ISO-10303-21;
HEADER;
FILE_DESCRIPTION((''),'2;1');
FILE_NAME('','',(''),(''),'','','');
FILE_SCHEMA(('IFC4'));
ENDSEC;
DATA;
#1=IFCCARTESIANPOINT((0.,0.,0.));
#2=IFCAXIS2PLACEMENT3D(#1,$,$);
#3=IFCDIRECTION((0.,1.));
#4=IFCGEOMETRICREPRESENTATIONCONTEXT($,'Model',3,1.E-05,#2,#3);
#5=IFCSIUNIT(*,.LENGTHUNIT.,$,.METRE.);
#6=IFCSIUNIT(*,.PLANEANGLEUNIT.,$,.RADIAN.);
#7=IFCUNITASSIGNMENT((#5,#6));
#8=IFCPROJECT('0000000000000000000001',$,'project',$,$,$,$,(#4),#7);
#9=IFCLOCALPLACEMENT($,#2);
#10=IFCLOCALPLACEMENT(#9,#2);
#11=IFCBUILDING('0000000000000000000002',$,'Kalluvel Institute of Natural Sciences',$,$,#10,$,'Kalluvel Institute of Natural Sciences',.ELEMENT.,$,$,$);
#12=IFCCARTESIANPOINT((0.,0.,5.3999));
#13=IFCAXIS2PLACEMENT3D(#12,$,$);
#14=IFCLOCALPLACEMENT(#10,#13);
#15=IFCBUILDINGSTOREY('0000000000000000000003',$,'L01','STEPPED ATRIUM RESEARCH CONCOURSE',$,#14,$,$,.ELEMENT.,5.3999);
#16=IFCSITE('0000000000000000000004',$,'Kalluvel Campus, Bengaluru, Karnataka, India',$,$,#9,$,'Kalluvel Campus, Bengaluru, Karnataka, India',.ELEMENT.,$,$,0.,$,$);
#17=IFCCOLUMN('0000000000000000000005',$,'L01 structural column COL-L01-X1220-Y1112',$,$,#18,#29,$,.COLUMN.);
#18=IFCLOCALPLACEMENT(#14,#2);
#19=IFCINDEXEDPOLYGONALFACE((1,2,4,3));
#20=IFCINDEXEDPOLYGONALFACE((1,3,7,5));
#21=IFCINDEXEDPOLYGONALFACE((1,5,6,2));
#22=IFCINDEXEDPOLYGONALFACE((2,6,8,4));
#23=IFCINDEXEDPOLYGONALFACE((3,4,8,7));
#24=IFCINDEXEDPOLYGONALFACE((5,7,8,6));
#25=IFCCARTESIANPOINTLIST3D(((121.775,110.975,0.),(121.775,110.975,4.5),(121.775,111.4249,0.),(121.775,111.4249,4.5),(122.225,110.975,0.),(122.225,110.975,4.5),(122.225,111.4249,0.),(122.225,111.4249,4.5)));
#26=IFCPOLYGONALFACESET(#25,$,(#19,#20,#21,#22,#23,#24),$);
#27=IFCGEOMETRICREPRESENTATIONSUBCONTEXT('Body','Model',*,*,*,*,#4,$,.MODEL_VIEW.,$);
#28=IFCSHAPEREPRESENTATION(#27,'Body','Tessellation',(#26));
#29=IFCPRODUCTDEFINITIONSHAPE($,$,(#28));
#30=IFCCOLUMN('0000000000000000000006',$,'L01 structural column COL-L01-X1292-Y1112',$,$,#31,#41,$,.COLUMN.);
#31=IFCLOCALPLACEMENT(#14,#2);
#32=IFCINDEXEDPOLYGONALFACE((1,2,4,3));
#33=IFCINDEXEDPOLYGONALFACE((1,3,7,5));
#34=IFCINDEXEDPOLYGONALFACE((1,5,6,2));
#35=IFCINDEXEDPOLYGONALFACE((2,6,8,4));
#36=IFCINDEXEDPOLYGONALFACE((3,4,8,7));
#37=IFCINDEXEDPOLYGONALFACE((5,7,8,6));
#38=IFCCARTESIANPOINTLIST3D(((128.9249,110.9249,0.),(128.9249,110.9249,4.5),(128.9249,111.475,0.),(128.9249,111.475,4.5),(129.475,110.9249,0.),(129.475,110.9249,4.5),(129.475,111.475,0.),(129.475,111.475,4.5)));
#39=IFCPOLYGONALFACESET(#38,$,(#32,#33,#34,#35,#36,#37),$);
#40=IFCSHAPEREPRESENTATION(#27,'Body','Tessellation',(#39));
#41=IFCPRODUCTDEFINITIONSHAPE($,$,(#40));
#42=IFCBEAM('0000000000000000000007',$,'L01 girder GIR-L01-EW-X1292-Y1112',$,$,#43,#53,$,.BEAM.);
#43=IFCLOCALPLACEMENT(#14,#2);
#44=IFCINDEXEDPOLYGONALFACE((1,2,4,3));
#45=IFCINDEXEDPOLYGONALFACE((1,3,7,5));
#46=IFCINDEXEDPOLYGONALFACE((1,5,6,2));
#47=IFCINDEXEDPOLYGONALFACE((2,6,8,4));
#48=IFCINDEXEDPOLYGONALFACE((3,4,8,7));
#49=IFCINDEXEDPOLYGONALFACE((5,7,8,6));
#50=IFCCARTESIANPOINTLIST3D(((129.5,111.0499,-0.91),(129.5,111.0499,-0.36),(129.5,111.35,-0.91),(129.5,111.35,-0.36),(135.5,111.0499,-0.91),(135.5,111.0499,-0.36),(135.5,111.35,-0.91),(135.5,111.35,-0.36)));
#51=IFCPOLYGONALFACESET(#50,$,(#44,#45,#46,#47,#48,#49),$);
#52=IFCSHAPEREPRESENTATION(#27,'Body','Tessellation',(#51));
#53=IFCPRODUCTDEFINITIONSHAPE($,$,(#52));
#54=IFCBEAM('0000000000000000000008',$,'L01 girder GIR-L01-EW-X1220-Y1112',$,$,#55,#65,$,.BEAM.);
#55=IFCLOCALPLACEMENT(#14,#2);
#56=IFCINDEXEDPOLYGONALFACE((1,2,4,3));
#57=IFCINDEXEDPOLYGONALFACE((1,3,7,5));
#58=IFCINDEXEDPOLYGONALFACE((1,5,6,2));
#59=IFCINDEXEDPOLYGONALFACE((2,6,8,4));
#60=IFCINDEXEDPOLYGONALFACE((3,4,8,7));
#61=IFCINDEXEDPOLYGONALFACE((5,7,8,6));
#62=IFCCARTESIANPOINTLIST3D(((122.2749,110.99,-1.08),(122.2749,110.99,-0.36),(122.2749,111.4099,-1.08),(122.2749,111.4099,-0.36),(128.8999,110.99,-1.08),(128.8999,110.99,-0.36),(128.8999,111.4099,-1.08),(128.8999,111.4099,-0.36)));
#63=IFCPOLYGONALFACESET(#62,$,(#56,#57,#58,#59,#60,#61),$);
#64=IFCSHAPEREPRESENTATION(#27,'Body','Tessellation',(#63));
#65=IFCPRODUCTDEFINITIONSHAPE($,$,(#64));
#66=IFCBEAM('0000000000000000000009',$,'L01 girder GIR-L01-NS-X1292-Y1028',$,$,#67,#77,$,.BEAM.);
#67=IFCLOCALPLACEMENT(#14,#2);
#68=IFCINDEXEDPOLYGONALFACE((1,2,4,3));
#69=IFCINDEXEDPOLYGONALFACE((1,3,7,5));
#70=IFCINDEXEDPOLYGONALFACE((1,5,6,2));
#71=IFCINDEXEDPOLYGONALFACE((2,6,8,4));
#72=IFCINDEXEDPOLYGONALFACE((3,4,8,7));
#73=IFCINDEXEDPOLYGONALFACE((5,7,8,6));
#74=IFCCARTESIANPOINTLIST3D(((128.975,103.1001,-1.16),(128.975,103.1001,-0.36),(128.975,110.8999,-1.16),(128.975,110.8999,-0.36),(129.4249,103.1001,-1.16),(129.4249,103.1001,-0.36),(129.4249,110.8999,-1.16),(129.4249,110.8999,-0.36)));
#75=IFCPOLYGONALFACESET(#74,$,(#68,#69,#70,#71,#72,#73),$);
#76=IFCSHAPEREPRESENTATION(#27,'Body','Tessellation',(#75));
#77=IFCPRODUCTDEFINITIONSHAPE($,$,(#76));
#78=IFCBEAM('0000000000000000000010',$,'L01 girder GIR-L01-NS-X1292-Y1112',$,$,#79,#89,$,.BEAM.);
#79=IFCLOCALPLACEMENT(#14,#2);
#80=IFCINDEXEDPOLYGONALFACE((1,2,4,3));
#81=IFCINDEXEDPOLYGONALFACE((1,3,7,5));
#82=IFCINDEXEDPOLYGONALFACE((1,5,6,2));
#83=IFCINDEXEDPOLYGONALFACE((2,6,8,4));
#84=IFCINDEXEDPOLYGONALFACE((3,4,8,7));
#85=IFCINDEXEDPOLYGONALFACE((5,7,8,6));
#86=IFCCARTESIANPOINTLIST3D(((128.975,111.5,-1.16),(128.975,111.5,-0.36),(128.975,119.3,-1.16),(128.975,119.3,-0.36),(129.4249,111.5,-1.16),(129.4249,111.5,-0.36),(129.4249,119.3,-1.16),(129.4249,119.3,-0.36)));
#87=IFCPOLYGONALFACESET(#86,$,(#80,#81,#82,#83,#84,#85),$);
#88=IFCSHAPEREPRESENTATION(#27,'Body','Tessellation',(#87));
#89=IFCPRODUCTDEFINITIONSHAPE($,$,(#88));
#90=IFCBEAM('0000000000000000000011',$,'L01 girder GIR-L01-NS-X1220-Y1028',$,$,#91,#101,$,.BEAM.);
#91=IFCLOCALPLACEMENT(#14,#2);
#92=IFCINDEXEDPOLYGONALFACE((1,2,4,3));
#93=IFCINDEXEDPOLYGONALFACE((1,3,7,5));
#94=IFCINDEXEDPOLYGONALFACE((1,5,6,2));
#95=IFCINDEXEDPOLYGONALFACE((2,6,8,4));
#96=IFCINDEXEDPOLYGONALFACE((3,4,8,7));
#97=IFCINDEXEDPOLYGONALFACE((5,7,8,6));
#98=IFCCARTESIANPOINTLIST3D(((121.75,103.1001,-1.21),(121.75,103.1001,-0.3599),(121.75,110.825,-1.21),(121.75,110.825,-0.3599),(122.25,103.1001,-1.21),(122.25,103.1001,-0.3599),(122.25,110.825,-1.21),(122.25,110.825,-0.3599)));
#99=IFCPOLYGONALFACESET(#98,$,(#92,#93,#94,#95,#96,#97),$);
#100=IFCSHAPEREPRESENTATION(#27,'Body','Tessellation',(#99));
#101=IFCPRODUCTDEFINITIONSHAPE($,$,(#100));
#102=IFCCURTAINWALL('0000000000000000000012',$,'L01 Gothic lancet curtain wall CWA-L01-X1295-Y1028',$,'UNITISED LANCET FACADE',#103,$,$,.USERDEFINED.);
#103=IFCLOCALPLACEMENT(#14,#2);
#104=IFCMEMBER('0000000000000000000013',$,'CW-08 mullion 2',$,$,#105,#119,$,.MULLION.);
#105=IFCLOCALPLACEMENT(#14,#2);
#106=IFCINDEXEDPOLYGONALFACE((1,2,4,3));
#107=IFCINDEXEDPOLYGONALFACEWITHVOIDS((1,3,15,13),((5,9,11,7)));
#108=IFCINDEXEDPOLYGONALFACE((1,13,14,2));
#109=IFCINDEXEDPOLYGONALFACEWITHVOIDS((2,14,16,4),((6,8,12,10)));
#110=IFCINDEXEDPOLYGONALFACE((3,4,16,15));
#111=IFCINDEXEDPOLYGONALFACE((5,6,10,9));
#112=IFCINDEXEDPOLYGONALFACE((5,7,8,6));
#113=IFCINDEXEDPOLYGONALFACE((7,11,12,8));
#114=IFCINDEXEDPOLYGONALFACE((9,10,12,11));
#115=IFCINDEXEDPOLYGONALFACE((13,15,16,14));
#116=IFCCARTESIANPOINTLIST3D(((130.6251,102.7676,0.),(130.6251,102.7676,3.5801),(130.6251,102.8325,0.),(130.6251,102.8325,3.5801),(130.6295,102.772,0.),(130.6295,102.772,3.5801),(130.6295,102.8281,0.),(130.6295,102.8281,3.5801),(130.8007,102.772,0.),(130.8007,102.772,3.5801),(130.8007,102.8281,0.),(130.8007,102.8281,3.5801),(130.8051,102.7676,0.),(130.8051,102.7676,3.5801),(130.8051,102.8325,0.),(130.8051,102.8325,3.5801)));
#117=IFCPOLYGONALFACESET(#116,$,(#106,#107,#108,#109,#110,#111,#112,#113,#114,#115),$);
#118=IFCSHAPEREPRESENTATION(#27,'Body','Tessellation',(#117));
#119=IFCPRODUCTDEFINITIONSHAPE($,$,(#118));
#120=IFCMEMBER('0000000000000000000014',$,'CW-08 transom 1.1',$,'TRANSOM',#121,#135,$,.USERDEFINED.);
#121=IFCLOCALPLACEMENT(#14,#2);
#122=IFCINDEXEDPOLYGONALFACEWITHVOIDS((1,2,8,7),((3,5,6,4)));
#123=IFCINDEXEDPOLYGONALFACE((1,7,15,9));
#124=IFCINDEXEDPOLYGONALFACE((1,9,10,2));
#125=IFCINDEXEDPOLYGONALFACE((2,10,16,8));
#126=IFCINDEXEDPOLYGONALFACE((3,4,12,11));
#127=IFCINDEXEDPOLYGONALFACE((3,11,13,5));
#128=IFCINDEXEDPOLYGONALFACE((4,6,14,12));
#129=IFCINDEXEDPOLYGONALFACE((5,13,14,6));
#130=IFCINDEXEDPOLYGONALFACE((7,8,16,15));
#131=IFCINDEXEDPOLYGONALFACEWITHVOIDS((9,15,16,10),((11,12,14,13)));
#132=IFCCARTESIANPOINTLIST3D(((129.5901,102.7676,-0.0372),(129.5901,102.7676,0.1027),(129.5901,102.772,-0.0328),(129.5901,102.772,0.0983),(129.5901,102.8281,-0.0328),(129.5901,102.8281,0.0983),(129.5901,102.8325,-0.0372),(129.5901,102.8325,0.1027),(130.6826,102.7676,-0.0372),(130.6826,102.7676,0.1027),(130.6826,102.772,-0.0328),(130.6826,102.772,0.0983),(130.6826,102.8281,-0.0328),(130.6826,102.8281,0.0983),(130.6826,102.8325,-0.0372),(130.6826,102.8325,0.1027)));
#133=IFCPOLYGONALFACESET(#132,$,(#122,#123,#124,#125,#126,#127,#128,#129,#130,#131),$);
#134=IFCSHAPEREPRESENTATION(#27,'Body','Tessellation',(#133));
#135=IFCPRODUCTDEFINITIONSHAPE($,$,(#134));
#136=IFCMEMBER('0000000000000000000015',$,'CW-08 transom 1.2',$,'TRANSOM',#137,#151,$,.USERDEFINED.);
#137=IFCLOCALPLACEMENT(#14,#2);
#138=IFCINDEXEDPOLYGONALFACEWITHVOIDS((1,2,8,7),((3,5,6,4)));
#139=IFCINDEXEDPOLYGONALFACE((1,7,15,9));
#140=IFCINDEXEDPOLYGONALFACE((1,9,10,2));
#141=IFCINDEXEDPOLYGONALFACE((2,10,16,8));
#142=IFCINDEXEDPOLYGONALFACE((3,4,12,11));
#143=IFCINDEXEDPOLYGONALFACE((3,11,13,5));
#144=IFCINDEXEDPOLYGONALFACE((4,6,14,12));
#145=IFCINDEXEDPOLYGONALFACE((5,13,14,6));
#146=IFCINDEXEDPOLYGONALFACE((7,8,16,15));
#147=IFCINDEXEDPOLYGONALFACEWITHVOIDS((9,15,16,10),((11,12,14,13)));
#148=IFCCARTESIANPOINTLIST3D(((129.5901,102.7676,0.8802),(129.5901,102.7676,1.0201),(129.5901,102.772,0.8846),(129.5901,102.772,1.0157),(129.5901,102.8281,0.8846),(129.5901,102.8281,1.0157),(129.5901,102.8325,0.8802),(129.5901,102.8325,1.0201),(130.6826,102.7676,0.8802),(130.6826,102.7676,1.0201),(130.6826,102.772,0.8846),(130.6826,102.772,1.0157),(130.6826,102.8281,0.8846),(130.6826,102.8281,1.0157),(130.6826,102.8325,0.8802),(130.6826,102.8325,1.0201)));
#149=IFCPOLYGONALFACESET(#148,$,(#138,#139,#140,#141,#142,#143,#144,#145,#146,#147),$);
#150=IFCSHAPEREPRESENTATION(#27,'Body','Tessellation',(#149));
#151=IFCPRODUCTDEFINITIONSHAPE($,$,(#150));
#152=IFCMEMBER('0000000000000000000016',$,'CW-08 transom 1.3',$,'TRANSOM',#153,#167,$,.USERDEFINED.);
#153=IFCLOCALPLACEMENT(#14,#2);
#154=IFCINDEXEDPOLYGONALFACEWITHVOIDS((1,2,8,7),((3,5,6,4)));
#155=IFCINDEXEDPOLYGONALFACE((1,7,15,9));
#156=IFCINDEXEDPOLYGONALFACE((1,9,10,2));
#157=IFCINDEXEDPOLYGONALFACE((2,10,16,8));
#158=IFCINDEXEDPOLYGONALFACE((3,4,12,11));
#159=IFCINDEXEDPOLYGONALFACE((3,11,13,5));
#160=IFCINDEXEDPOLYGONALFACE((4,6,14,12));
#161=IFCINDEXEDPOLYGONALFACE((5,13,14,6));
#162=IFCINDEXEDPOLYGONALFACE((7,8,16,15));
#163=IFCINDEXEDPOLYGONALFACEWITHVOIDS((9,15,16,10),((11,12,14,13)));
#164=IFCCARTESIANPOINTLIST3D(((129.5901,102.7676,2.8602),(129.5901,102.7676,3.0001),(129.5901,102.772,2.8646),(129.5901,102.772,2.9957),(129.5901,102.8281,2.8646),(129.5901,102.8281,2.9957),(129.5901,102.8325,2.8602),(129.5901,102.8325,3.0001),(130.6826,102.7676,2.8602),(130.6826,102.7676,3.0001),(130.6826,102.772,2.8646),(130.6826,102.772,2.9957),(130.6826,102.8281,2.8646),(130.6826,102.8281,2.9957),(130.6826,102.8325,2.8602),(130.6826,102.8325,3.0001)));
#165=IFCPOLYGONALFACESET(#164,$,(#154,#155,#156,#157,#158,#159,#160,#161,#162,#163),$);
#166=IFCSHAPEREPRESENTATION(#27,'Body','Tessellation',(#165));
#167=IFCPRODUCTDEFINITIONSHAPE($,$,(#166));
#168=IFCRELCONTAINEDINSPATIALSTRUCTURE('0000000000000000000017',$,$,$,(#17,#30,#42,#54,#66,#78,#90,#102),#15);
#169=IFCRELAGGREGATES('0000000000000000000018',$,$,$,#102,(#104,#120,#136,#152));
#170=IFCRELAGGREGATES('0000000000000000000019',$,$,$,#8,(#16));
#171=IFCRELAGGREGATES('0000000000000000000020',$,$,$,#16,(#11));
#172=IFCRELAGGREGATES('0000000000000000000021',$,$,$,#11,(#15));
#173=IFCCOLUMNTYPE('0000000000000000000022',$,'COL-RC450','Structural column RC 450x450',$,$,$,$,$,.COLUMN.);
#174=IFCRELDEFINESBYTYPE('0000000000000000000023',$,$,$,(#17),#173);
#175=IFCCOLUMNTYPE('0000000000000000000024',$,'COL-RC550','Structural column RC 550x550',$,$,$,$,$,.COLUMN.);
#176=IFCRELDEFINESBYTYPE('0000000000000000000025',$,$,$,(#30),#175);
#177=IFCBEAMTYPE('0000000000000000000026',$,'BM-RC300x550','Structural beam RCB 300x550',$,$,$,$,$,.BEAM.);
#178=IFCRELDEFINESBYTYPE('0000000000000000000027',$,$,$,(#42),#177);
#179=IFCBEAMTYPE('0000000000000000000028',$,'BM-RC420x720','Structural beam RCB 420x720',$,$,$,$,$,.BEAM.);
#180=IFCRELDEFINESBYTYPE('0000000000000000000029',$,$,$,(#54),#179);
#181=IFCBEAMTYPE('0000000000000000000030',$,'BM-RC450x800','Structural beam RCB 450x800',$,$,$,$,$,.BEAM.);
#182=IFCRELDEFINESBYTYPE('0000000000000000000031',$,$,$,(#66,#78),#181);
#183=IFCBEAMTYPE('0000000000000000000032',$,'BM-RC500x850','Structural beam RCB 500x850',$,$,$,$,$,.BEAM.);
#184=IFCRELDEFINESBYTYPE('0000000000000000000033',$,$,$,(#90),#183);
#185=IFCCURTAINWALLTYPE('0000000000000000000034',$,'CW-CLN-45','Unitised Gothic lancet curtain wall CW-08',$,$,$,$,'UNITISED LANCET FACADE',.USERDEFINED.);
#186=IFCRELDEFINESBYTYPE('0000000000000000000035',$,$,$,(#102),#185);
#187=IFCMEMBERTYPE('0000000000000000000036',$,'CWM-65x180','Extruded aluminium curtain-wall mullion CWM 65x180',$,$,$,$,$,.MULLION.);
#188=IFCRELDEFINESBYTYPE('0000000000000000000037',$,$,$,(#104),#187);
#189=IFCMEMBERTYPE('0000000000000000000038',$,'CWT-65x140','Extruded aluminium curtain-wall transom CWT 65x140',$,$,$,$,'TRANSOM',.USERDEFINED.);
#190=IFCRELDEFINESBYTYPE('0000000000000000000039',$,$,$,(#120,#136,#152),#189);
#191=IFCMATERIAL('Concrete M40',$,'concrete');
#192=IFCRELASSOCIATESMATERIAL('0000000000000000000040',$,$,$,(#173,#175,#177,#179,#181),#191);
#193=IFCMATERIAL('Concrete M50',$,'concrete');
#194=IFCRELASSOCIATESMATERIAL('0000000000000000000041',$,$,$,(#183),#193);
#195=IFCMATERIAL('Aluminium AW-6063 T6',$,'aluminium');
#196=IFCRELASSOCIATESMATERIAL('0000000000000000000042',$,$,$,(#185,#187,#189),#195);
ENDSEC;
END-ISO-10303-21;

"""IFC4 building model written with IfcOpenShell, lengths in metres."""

from ifc_helpers import new_model, si_unit, direction, frame, origin, origin_2d, place, context, subcontext, project, spatial, rectangle, hollow_rectangle, extrude, material, material_profile, profile_set, type_object, element, aggregate, save


model = new_model("IFC4")

# Units and contexts
model_context = context("Model", 3, precision=1e-05, world=origin(), true_north=direction((0.0, 1.0)))
body_context = subcontext(model_context, "Body", "Model", "MODEL_VIEW")
ifc_project = project(units=[si_unit("LENGTHUNIT", "METRE"), si_unit("PLANEANGLEUNIT", "RADIAN")], contexts=[model_context])

# Site, building, storey
site_placement = place(None, origin())
site = spatial("IfcSite", under=ifc_project, at=site_placement, Name="Kalluvel Campus, Bengaluru, Karnataka, India", LongName="Kalluvel Campus, Bengaluru, Karnataka, India", CompositionType="ELEMENT", RefElevation=0.0)
building_placement = place(site_placement, origin())
building = spatial("IfcBuilding", under=site, at=building_placement, Name="Kalluvel Institute of Natural Sciences", LongName="Kalluvel Institute of Natural Sciences", CompositionType="ELEMENT")
storey_placement = place(building_placement, frame((0.0, 0.0, 5.3999)))
storey = spatial("IfcBuildingStorey", under=building, at=storey_placement, Name="L01", Description="STEPPED ATRIUM RESEARCH CONCOURSE", CompositionType="ELEMENT", Elevation=5.3999)

# Columns
ifc_material_1 = material(Name="Concrete M40", Category="concrete")
ifc_material_profile_1 = material_profile(ifc_material_1, rectangle(XDim=0.45, YDim=0.45, at=origin_2d()), Name="RC 450x450")
ifc_profile_set_1 = profile_set([ifc_material_profile_1], Name="Concrete M40")
column_type_1 = type_object("IfcColumnType", Name="COL-RC450", Description="Structural column RC 450x450", PredefinedType="COLUMN", material=ifc_profile_set_1)
column_1_placement = place(storey_placement, frame((122.0, 111.2, 0.0), z_axis=(0.0, 0.0, 1.0), x_axis=(1.0, 0.0, 0.0)))
element("IfcColumn", 1, at=column_1_placement, inside=storey, type_object=column_type_1, Name="L01 structural column COL-L01-X1220-Y1112", PredefinedType="COLUMN", context=body_context, shape_type="SweptSolid", body=[
    extrude(rectangle(XDim=0.45, YDim=0.45, at=origin_2d()), origin(), (0.0, 0.0, 1.0), 4.5),
])
ifc_material_profile_2 = material_profile(ifc_material_1, rectangle(XDim=0.55, YDim=0.55, at=origin_2d()), Name="RC 550x550")
ifc_profile_set_2 = profile_set([ifc_material_profile_2], Name="Concrete M40")
column_type_2 = type_object("IfcColumnType", Name="COL-RC550", Description="Structural column RC 550x550", PredefinedType="COLUMN", material=ifc_profile_set_2)
column_2_placement = place(storey_placement, frame((129.2, 111.2, 0.0), z_axis=(0.0, 0.0, 1.0), x_axis=(1.0, 0.0, 0.0)))
element("IfcColumn", 2, at=column_2_placement, inside=storey, type_object=column_type_2, Name="L01 structural column COL-L01-X1292-Y1112", PredefinedType="COLUMN", context=body_context, shape_type="SweptSolid", body=[
    extrude(rectangle(XDim=0.55, YDim=0.55, at=origin_2d()), origin(), (0.0, 0.0, 1.0), 4.5),
])

# Beams
ifc_material_profile_3 = material_profile(ifc_material_1, rectangle(XDim=0.3, YDim=0.55, at=origin_2d()), Name="RCB 300x550")
ifc_profile_set_3 = profile_set([ifc_material_profile_3], Name="Concrete M40")
beam_type_1 = type_object("IfcBeamType", Name="BM-RC300x550", Description="Structural beam RCB 300x550", PredefinedType="BEAM", material=ifc_profile_set_3)
beam_1_placement = place(storey_placement, frame((129.5, 111.2, -0.635), z_axis=(1.0, 0.0, 0.0), x_axis=(0.0, 1.0, 0.0)))
element("IfcBeam", 3, at=beam_1_placement, inside=storey, type_object=beam_type_1, Name="L01 girder GIR-L01-EW-X1292-Y1112", PredefinedType="BEAM", context=body_context, shape_type="SweptSolid", body=[
    extrude(rectangle(XDim=0.3, YDim=0.55, at=origin_2d()), origin(), (0.0, 0.0, 1.0), 6.0),
])
ifc_material_profile_4 = material_profile(ifc_material_1, rectangle(XDim=0.4199, YDim=0.72, at=origin_2d()), Name="RCB 420x720")
ifc_profile_set_4 = profile_set([ifc_material_profile_4], Name="Concrete M40")
beam_type_2 = type_object("IfcBeamType", Name="BM-RC420x720", Description="Structural beam RCB 420x720", PredefinedType="BEAM", material=ifc_profile_set_4)
beam_2_placement = place(storey_placement, frame((122.2749, 111.2, -0.72), z_axis=(1.0, 0.0, 0.0), x_axis=(0.0, 1.0, 0.0)))
element("IfcBeam", 4, at=beam_2_placement, inside=storey, type_object=beam_type_2, Name="L01 girder GIR-L01-EW-X1220-Y1112", PredefinedType="BEAM", context=body_context, shape_type="SweptSolid", body=[
    extrude(rectangle(XDim=0.4199, YDim=0.72, at=origin_2d()), origin(), (0.0, 0.0, 1.0), 6.625),
])
ifc_material_profile_5 = material_profile(ifc_material_1, rectangle(XDim=0.45, YDim=0.8, at=origin_2d()), Name="RCB 450x800")
ifc_profile_set_5 = profile_set([ifc_material_profile_5], Name="Concrete M40")
beam_type_3 = type_object("IfcBeamType", Name="BM-RC450x800", Description="Structural beam RCB 450x800", PredefinedType="BEAM", material=ifc_profile_set_5)
beam_3_placement = place(storey_placement, frame((129.2, 103.1001, -0.76), z_axis=(0.0, 1.0, 0.0), x_axis=(-1.0, 0.0, 0.0)))
element("IfcBeam", 5, at=beam_3_placement, inside=storey, type_object=beam_type_3, Name="L01 girder GIR-L01-NS-X1292-Y1028", PredefinedType="BEAM", context=body_context, shape_type="SweptSolid", body=[
    extrude(rectangle(XDim=0.45, YDim=0.8, at=origin_2d()), origin(), (0.0, 0.0, 1.0), 7.7998),
])
beam_4_placement = place(storey_placement, frame((129.2, 111.5, -0.76), z_axis=(0.0, 1.0, 0.0), x_axis=(-1.0, 0.0, 0.0)))
element("IfcBeam", 6, at=beam_4_placement, inside=storey, type_object=beam_type_3, Name="L01 girder GIR-L01-NS-X1292-Y1112", PredefinedType="BEAM", context=body_context, shape_type="SweptSolid", body=[
    extrude(rectangle(XDim=0.45, YDim=0.8, at=origin_2d()), origin(), (0.0, 0.0, 1.0), 7.8),
])
ifc_material_2 = material(Name="Concrete M50", Category="concrete")
ifc_material_profile_6 = material_profile(ifc_material_2, rectangle(XDim=0.5, YDim=0.8501, at=origin_2d()), Name="RCB 500x850")
ifc_profile_set_6 = profile_set([ifc_material_profile_6], Name="Concrete M50")
beam_type_4 = type_object("IfcBeamType", Name="BM-RC500x850", Description="Structural beam RCB 500x850", PredefinedType="BEAM", material=ifc_profile_set_6)
beam_5_placement = place(storey_placement, frame((122.0, 103.1001, -0.7849), z_axis=(0.0, 1.0, 0.0), x_axis=(-1.0, 0.0, 0.0)))
element("IfcBeam", 7, at=beam_5_placement, inside=storey, type_object=beam_type_4, Name="L01 girder GIR-L01-NS-X1220-Y1028", PredefinedType="BEAM", context=body_context, shape_type="SweptSolid", body=[
    extrude(rectangle(XDim=0.5, YDim=0.8501, at=origin_2d()), origin(), (0.0, 0.0, 1.0), 7.7249),
])

# Curtain wall, members
ifc_material_3 = material(Name="Aluminium AW-6063 T6", Category="aluminium")
curtain_wall_type = type_object("IfcCurtainWallType", Name="CW-CLN-45", Description="Unitised Gothic lancet curtain wall CW-08", ElementType="UNITISED LANCET FACADE", PredefinedType="USERDEFINED", material=ifc_material_3)
curtain_wall_placement = place(storey_placement, origin())
curtain_wall = element("IfcCurtainWall", 8, at=curtain_wall_placement, inside=storey, type_object=curtain_wall_type, Name="L01 Gothic lancet curtain wall CWA-L01-X1295-Y1028", ObjectType="UNITISED LANCET FACADE", PredefinedType="USERDEFINED")
ifc_material_profile_7 = material_profile(ifc_material_3, hollow_rectangle(XDim=0.0649, YDim=0.1799, WallThickness=0.0044, at=origin_2d()), Name="CWM 65x180")
ifc_profile_set_7 = profile_set([ifc_material_profile_7], Name="Aluminium AW-6063 T6")
member_type_1 = type_object("IfcMemberType", Name="CWM-65x180", Description="Extruded aluminium curtain-wall mullion CWM 65x180", PredefinedType="MULLION", material=ifc_profile_set_7)
member_1_placement = place(storey_placement, frame((130.7151, 102.8, 0.0), z_axis=(0.0, 0.0, 1.0), x_axis=(0.0, 1.0, 0.0)))
member_1 = element("IfcMember", 9, at=member_1_placement, type_object=member_type_1, Name="CW-08 mullion 2", PredefinedType="MULLION", context=body_context, shape_type="SweptSolid", body=[
    extrude(hollow_rectangle(XDim=0.0649, YDim=0.1799, WallThickness=0.0044, at=origin_2d()), origin(), (0.0, 0.0, 1.0), 3.5801),
])
ifc_material_profile_8 = material_profile(ifc_material_3, hollow_rectangle(XDim=0.0649, YDim=0.1399, WallThickness=0.0044, at=origin_2d()), Name="CWT 65x140")
ifc_profile_set_8 = profile_set([ifc_material_profile_8], Name="Aluminium AW-6063 T6")
member_type_2 = type_object("IfcMemberType", Name="CWT-65x140", Description="Extruded aluminium curtain-wall transom CWT 65x140", ElementType="TRANSOM", PredefinedType="USERDEFINED", material=ifc_profile_set_8)
member_2_placement = place(storey_placement, frame((129.5901, 102.8, 0.0327), z_axis=(1.0, 0.0, 0.0), x_axis=(0.0, 1.0, 0.0)))
member_2 = element("IfcMember", 10, at=member_2_placement, type_object=member_type_2, Name="CW-08 transom 1.1", ObjectType="TRANSOM", PredefinedType="USERDEFINED", context=body_context, shape_type="SweptSolid", body=[
    extrude(hollow_rectangle(XDim=0.0649, YDim=0.1399, WallThickness=0.0044, at=origin_2d()), origin(), (0.0, 0.0, 1.0), 1.0925),
])
member_3_placement = place(storey_placement, frame((129.5901, 102.8, 0.9502), z_axis=(1.0, 0.0, 0.0), x_axis=(0.0, 1.0, 0.0)))
member_3 = element("IfcMember", 11, at=member_3_placement, type_object=member_type_2, Name="CW-08 transom 1.2", ObjectType="TRANSOM", PredefinedType="USERDEFINED", context=body_context, shape_type="SweptSolid", body=[
    extrude(hollow_rectangle(XDim=0.0649, YDim=0.1399, WallThickness=0.0044, at=origin_2d()), origin(), (0.0, 0.0, 1.0), 1.0925),
])
member_4_placement = place(storey_placement, frame((129.5901, 102.8, 2.9302), z_axis=(1.0, 0.0, 0.0), x_axis=(0.0, 1.0, 0.0)))
member_4 = element("IfcMember", 12, at=member_4_placement, type_object=member_type_2, Name="CW-08 transom 1.3", ObjectType="TRANSOM", PredefinedType="USERDEFINED", context=body_context, shape_type="SweptSolid", body=[
    extrude(hollow_rectangle(XDim=0.0649, YDim=0.1399, WallThickness=0.0044, at=origin_2d()), origin(), (0.0, 0.0, 1.0), 1.0925),
])
aggregate(curtain_wall, [member_1, member_2, member_3, member_4])

save(model, "model.ifc")
